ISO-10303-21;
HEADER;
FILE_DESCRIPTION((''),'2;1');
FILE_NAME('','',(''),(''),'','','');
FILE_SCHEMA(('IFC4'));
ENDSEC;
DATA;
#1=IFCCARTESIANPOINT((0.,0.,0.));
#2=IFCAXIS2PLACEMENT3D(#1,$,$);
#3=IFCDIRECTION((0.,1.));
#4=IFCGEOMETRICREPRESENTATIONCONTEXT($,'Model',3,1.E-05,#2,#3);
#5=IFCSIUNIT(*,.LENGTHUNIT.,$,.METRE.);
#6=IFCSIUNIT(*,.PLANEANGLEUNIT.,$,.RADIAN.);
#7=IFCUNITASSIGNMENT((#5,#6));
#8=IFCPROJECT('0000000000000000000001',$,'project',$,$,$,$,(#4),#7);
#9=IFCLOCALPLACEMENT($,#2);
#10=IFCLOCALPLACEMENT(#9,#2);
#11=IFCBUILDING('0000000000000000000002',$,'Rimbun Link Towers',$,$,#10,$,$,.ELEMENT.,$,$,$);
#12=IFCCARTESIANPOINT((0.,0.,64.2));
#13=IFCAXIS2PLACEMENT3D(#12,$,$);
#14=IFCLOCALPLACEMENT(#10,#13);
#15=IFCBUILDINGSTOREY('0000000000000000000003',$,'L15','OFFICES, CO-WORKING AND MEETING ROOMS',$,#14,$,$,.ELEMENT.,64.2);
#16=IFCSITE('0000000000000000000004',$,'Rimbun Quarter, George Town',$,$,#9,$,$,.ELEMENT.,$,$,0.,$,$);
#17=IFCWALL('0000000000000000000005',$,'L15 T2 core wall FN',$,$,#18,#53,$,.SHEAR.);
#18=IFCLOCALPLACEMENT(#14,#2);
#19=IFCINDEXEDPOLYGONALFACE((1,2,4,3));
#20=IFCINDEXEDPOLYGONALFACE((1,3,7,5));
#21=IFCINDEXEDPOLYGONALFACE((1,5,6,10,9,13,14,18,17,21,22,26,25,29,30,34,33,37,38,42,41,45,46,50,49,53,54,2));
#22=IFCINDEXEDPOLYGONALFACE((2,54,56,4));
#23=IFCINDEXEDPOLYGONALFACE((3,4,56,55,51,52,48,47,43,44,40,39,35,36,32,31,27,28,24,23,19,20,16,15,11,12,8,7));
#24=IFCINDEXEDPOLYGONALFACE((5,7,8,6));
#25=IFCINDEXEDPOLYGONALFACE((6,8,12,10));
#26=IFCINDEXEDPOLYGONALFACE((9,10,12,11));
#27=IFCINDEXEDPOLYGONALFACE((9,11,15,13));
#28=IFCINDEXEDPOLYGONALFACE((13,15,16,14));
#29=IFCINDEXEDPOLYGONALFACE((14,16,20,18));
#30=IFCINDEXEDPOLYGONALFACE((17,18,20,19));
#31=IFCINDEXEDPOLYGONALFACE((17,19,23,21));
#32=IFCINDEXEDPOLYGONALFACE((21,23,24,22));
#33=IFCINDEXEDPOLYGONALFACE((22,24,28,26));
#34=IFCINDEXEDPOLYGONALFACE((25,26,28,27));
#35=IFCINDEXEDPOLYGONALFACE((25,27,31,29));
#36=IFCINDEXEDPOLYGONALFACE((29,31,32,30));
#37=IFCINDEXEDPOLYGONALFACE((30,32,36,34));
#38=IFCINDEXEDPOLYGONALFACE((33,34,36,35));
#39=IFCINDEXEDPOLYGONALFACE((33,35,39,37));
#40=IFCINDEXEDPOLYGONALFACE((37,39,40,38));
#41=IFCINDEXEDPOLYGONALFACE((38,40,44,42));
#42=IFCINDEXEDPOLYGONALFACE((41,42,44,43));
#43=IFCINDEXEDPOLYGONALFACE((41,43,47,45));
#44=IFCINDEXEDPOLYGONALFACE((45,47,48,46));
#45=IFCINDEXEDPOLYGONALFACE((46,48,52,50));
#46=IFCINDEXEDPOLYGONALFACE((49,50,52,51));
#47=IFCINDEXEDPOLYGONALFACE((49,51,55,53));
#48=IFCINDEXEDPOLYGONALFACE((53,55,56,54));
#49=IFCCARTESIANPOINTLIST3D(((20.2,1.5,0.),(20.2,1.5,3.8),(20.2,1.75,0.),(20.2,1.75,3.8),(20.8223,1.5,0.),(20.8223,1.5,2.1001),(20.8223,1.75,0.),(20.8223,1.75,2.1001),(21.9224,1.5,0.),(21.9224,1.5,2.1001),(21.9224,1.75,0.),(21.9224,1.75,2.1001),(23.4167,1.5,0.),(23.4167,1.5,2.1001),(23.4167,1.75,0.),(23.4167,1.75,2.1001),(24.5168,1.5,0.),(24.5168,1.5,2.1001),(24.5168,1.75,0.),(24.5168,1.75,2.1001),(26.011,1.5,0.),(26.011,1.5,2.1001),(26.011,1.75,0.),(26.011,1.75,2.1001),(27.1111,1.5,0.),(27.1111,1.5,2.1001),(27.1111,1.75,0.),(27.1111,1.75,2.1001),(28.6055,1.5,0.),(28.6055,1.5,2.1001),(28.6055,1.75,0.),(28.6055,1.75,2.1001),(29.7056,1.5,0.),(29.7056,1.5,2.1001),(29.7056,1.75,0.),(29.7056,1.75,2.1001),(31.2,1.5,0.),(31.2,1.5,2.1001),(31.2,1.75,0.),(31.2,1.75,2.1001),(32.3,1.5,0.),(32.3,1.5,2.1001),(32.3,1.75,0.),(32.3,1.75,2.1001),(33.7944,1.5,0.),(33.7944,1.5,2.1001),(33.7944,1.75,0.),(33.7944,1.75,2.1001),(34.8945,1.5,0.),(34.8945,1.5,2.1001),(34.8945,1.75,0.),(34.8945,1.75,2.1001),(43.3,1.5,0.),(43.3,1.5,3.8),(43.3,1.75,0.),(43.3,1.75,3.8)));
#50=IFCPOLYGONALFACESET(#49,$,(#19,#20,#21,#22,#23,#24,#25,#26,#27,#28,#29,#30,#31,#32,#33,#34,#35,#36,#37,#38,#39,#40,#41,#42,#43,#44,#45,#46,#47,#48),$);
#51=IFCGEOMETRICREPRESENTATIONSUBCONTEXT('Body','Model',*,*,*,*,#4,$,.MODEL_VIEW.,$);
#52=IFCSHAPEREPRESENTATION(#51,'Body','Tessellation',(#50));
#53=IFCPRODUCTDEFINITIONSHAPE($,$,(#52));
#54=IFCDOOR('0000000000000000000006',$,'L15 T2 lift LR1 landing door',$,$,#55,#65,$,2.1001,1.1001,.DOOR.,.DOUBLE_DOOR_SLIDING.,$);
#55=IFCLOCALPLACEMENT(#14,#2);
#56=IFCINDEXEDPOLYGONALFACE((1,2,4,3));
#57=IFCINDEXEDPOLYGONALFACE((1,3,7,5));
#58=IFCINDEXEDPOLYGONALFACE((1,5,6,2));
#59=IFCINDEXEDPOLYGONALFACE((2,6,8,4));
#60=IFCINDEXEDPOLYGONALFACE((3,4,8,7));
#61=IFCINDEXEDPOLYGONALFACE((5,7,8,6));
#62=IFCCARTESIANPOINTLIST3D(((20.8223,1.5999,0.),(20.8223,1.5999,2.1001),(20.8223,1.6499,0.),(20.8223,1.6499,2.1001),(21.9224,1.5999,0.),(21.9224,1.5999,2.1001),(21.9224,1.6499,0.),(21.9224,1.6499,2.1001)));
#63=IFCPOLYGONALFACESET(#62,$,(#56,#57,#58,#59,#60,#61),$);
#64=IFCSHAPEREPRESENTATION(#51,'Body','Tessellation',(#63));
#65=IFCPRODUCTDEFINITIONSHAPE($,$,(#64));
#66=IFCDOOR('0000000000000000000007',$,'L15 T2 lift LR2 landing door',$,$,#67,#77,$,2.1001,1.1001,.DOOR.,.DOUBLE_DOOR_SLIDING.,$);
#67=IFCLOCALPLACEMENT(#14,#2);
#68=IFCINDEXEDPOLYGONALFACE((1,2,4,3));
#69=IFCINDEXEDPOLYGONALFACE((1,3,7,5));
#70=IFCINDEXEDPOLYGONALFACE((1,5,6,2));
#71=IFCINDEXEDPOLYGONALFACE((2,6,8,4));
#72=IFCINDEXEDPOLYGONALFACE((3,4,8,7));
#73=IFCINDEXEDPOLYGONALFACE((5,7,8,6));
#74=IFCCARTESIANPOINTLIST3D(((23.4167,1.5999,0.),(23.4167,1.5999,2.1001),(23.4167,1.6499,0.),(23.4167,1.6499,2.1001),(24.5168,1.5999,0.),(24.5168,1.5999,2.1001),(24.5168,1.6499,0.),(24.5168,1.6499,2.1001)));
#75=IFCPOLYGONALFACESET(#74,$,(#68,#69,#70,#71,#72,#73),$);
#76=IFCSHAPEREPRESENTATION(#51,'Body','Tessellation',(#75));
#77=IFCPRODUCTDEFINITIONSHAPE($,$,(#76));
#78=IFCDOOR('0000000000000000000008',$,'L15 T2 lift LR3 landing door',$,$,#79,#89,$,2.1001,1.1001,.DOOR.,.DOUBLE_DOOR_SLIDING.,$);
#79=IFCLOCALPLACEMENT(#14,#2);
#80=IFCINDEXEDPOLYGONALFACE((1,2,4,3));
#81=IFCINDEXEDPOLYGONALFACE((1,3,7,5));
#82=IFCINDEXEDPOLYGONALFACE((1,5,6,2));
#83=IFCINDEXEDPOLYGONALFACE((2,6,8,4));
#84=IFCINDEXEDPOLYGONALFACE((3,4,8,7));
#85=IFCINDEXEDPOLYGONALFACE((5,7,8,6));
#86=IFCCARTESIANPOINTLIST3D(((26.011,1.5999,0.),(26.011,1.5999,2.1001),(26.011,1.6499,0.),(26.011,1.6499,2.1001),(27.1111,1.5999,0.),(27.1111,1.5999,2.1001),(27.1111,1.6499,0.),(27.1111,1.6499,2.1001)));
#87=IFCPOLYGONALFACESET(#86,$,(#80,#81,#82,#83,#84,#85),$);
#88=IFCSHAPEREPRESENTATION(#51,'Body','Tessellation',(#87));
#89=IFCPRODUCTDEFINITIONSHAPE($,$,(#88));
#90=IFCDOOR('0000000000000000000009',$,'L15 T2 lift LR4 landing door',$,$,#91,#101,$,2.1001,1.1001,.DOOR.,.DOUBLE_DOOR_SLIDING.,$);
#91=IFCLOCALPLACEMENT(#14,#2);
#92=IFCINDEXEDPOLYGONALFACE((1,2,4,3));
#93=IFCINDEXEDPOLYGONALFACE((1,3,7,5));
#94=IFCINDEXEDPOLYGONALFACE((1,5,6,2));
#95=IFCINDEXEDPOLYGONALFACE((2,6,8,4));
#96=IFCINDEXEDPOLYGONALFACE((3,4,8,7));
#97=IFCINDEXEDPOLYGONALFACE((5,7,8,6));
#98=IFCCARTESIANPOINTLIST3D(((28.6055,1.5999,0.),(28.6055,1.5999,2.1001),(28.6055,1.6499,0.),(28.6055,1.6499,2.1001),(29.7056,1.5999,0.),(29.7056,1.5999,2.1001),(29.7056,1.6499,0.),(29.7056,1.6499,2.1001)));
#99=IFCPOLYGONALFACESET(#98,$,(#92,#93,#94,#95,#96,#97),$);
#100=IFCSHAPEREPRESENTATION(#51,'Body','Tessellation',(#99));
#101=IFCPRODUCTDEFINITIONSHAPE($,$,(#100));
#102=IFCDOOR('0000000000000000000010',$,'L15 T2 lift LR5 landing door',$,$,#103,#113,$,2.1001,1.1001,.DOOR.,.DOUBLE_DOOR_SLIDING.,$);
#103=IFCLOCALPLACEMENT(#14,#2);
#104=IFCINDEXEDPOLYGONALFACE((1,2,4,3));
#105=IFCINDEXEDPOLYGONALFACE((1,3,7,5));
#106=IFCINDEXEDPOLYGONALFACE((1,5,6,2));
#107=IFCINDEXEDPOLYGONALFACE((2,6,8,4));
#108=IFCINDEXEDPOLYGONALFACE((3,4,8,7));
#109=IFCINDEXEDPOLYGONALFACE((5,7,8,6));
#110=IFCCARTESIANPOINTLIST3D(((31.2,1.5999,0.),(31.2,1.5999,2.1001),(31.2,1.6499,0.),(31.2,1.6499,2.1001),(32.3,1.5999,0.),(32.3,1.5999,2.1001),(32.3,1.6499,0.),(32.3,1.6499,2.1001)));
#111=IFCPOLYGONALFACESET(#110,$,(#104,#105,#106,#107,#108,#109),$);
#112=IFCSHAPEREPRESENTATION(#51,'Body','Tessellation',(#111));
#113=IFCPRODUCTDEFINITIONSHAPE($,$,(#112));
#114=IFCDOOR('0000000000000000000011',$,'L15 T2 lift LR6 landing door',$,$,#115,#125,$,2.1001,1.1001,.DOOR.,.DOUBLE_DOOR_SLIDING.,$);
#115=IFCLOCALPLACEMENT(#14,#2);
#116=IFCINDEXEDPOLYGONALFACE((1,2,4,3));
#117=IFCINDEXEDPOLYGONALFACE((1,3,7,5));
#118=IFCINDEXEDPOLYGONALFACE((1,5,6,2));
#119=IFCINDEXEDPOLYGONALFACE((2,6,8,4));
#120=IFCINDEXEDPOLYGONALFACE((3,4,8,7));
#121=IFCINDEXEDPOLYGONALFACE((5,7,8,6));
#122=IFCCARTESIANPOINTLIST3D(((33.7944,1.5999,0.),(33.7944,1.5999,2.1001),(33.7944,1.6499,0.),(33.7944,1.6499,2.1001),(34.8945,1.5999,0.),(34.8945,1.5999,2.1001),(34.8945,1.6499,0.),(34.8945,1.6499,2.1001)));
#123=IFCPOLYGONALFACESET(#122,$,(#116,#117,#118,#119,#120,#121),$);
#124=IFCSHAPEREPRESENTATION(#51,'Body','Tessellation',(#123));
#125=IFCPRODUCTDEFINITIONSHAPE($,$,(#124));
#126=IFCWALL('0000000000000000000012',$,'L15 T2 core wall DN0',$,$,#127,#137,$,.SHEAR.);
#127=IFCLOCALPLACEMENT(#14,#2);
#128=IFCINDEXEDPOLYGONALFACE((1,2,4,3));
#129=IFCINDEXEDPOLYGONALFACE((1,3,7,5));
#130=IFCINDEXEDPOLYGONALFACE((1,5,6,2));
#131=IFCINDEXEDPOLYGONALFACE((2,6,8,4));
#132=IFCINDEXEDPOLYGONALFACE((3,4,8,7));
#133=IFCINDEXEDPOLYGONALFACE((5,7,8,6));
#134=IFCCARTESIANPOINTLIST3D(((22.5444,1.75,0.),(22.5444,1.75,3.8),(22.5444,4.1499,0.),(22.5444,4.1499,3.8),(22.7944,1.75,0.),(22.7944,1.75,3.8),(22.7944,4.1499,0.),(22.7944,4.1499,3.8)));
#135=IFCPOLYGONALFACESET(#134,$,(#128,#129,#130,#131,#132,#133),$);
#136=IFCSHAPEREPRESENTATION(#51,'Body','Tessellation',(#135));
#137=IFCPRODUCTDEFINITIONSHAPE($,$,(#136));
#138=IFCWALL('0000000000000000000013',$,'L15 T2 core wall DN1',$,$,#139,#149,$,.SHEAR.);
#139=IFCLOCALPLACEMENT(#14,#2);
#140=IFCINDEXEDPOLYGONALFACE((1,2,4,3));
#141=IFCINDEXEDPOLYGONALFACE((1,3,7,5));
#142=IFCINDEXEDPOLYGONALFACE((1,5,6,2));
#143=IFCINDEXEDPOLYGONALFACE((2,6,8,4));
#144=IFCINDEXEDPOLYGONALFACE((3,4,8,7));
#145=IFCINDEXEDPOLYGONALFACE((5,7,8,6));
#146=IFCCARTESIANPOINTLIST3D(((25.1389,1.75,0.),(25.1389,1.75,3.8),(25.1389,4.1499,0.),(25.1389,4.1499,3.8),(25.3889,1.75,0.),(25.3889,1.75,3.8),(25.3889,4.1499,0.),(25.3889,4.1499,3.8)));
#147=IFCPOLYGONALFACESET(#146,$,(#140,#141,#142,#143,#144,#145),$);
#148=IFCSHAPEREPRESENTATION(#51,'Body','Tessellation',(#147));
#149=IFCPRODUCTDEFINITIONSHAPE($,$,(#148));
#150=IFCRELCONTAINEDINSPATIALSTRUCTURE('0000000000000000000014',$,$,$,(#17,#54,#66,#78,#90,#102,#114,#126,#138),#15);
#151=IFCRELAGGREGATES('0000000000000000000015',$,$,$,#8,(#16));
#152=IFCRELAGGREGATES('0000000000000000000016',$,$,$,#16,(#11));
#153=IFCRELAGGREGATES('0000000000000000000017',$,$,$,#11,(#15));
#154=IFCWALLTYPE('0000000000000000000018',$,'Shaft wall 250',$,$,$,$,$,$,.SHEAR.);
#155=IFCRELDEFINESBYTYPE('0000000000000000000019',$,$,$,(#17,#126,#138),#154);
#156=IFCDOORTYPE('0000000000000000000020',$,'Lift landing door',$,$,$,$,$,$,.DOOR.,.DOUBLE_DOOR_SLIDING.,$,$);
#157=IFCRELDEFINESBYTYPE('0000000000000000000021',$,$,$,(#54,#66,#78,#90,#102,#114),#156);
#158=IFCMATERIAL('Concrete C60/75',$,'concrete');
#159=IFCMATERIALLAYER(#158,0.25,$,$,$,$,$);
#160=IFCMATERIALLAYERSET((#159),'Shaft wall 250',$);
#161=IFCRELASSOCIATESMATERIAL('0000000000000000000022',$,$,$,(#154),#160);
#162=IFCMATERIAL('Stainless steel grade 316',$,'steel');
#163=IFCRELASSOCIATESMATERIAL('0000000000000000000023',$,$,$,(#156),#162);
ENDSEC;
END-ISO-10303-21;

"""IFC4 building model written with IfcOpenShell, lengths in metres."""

from ifc_helpers import new_model, si_unit, direction, frame, frame_2d, origin, place, context, subcontext, project, spatial, rectangle, extrude, material, layer, layer_set, type_object, element, fill, save


model = new_model("IFC4")

# Units and contexts
model_context = context("Model", 3, precision=1e-05, world=origin(), true_north=direction((0.0, 1.0)))
body_context = subcontext(model_context, "Body", "Model", "MODEL_VIEW")
ifc_project = project(units=[si_unit("LENGTHUNIT", "METRE"), si_unit("PLANEANGLEUNIT", "RADIAN")], contexts=[model_context])

# Site, building, storey
site_placement = place(None, origin())
site = spatial("IfcSite", under=ifc_project, at=site_placement, Name="Rimbun Quarter, George Town", CompositionType="ELEMENT", RefElevation=0.0)
building_placement = place(site_placement, origin())
building = spatial("IfcBuilding", under=site, at=building_placement, Name="Rimbun Link Towers", CompositionType="ELEMENT")
storey_placement = place(building_placement, frame((0.0, 0.0, 64.2)))
storey = spatial("IfcBuildingStorey", under=building, at=storey_placement, Name="L15", Description="OFFICES, CO-WORKING AND MEETING ROOMS", CompositionType="ELEMENT", Elevation=64.2)

# Shared definitions
ifc_material_1 = material(Name="Concrete C60/75", Category="concrete")
ifc_layer_1 = layer(ifc_material_1, 0.25)
ifc_layer_set_1 = layer_set([ifc_layer_1], Name="Shaft wall 250")
wall_type_1 = type_object("IfcWallType", Name="Shaft wall 250", PredefinedType="SHEAR", material=ifc_layer_set_1)

# Wall, openings, doors
wall_1_placement = place(storey_placement, frame((20.2, 1.625, 0.0), z_axis=(0.0, 0.0, 1.0), x_axis=(1.0, 0.0, 0.0)))
wall_1 = element("IfcWall", 1, at=wall_1_placement, inside=storey, type_object=wall_type_1, Name="L15 T2 core wall FN", PredefinedType="SHEAR", context=body_context, shape_type="SweptSolid", body=[
    extrude(rectangle(XDim=23.1001, YDim=0.25, at=frame_2d((11.55, 0.0))), origin(), (0.0, 0.0, 1.0), 3.8),
])
opening_1_placement = place(wall_1_placement, frame((0.6223, 0.0, 0.0)))
opening_1 = element("IfcOpeningElement", 2, at=opening_1_placement, cuts=wall_1, PredefinedType="OPENING", context=body_context, shape_type="SweptSolid", body=[
    extrude(rectangle(XDim=1.1001, YDim=2.1001, at=frame_2d((0.55, 1.05))), frame((0.0, 0.135, 0.0), z_axis=(0.0, -1.0, 0.0), x_axis=(1.0, 0.0, 0.0)), (0.0, 0.0, 1.0), 0.27),
])
opening_2_placement = place(wall_1_placement, frame((3.2168, 0.0, 0.0)))
opening_2 = element("IfcOpeningElement", 3, at=opening_2_placement, cuts=wall_1, PredefinedType="OPENING", context=body_context, shape_type="SweptSolid", body=[
    extrude(rectangle(XDim=1.1001, YDim=2.1001, at=frame_2d((0.55, 1.05))), frame((0.0, 0.135, 0.0), z_axis=(0.0, -1.0, 0.0), x_axis=(1.0, 0.0, 0.0)), (0.0, 0.0, 1.0), 0.27),
])
opening_3_placement = place(wall_1_placement, frame((5.811, 0.0, 0.0)))
opening_3 = element("IfcOpeningElement", 4, at=opening_3_placement, cuts=wall_1, PredefinedType="OPENING", context=body_context, shape_type="SweptSolid", body=[
    extrude(rectangle(XDim=1.1001, YDim=2.1001, at=frame_2d((0.55, 1.05))), frame((0.0, 0.135, 0.0), z_axis=(0.0, -1.0, 0.0), x_axis=(1.0, 0.0, 0.0)), (0.0, 0.0, 1.0), 0.27),
])
opening_4_placement = place(wall_1_placement, frame((8.4055, 0.0, 0.0)))
opening_4 = element("IfcOpeningElement", 5, at=opening_4_placement, cuts=wall_1, PredefinedType="OPENING", context=body_context, shape_type="SweptSolid", body=[
    extrude(rectangle(XDim=1.1001, YDim=2.1001, at=frame_2d((0.55, 1.05))), frame((0.0, 0.135, 0.0), z_axis=(0.0, -1.0, 0.0), x_axis=(1.0, 0.0, 0.0)), (0.0, 0.0, 1.0), 0.27),
])
opening_5_placement = place(wall_1_placement, frame((11.0, 0.0, 0.0)))
opening_5 = element("IfcOpeningElement", 6, at=opening_5_placement, cuts=wall_1, PredefinedType="OPENING", context=body_context, shape_type="SweptSolid", body=[
    extrude(rectangle(XDim=1.1001, YDim=2.1001, at=frame_2d((0.55, 1.05))), frame((0.0, 0.135, 0.0), z_axis=(0.0, -1.0, 0.0), x_axis=(1.0, 0.0, 0.0)), (0.0, 0.0, 1.0), 0.27),
])
opening_6_placement = place(wall_1_placement, frame((13.5945, 0.0, 0.0)))
opening_6 = element("IfcOpeningElement", 7, at=opening_6_placement, cuts=wall_1, PredefinedType="OPENING", context=body_context, shape_type="SweptSolid", body=[
    extrude(rectangle(XDim=1.1001, YDim=2.1001, at=frame_2d((0.55, 1.05))), frame((0.0, 0.135, 0.0), z_axis=(0.0, -1.0, 0.0), x_axis=(1.0, 0.0, 0.0)), (0.0, 0.0, 1.0), 0.27),
])
ifc_material_2 = material(Name="Stainless steel grade 316", Category="steel")
door_type_1 = type_object("IfcDoorType", Name="Lift landing door", OperationType="DOUBLE_DOOR_SLIDING", PredefinedType="DOOR", material=ifc_material_2)
door_1_placement = place(opening_1_placement, origin())
door_1 = element("IfcDoor", 8, at=door_1_placement, inside=storey, type_object=door_type_1, Name="L15 T2 lift LR1 landing door", OperationType="DOUBLE_DOOR_SLIDING", OverallHeight=2.1001, OverallWidth=1.1001, PredefinedType="DOOR", context=body_context, shape_type="SweptSolid", body=[
    extrude(rectangle(XDim=1.1001, YDim=2.1001, at=frame_2d((0.55, 1.05))), frame((0.0, 0.0249, 0.0), z_axis=(0.0, -1.0, 0.0), x_axis=(1.0, 0.0, 0.0)), (0.0, 0.0, 1.0), 0.05),
])
fill(opening_1, door_1)
door_2_placement = place(opening_2_placement, origin())
door_2 = element("IfcDoor", 9, at=door_2_placement, inside=storey, type_object=door_type_1, Name="L15 T2 lift LR2 landing door", OperationType="DOUBLE_DOOR_SLIDING", OverallHeight=2.1001, OverallWidth=1.1001, PredefinedType="DOOR", context=body_context, shape_type="SweptSolid", body=[
    extrude(rectangle(XDim=1.1001, YDim=2.1001, at=frame_2d((0.55, 1.05))), frame((0.0, 0.0249, 0.0), z_axis=(0.0, -1.0, 0.0), x_axis=(1.0, 0.0, 0.0)), (0.0, 0.0, 1.0), 0.05),
])
fill(opening_2, door_2)
door_3_placement = place(opening_3_placement, origin())
door_3 = element("IfcDoor", 10, at=door_3_placement, inside=storey, type_object=door_type_1, Name="L15 T2 lift LR3 landing door", OperationType="DOUBLE_DOOR_SLIDING", OverallHeight=2.1001, OverallWidth=1.1001, PredefinedType="DOOR", context=body_context, shape_type="SweptSolid", body=[
    extrude(rectangle(XDim=1.1001, YDim=2.1001, at=frame_2d((0.55, 1.05))), frame((0.0, 0.0249, 0.0), z_axis=(0.0, -1.0, 0.0), x_axis=(1.0, 0.0, 0.0)), (0.0, 0.0, 1.0), 0.05),
])
fill(opening_3, door_3)
door_4_placement = place(opening_4_placement, origin())
door_4 = element("IfcDoor", 11, at=door_4_placement, inside=storey, type_object=door_type_1, Name="L15 T2 lift LR4 landing door", OperationType="DOUBLE_DOOR_SLIDING", OverallHeight=2.1001, OverallWidth=1.1001, PredefinedType="DOOR", context=body_context, shape_type="SweptSolid", body=[
    extrude(rectangle(XDim=1.1001, YDim=2.1001, at=frame_2d((0.55, 1.05))), frame((0.0, 0.0249, 0.0), z_axis=(0.0, -1.0, 0.0), x_axis=(1.0, 0.0, 0.0)), (0.0, 0.0, 1.0), 0.05),
])
fill(opening_4, door_4)
door_5_placement = place(opening_5_placement, origin())
door_5 = element("IfcDoor", 12, at=door_5_placement, inside=storey, type_object=door_type_1, Name="L15 T2 lift LR5 landing door", OperationType="DOUBLE_DOOR_SLIDING", OverallHeight=2.1001, OverallWidth=1.1001, PredefinedType="DOOR", context=body_context, shape_type="SweptSolid", body=[
    extrude(rectangle(XDim=1.1001, YDim=2.1001, at=frame_2d((0.55, 1.05))), frame((0.0, 0.0249, 0.0), z_axis=(0.0, -1.0, 0.0), x_axis=(1.0, 0.0, 0.0)), (0.0, 0.0, 1.0), 0.05),
])
fill(opening_5, door_5)
door_6_placement = place(opening_6_placement, origin())
door_6 = element("IfcDoor", 13, at=door_6_placement, inside=storey, type_object=door_type_1, Name="L15 T2 lift LR6 landing door", OperationType="DOUBLE_DOOR_SLIDING", OverallHeight=2.1001, OverallWidth=1.1001, PredefinedType="DOOR", context=body_context, shape_type="SweptSolid", body=[
    extrude(rectangle(XDim=1.1001, YDim=2.1001, at=frame_2d((0.55, 1.05))), frame((0.0, 0.0249, 0.0), z_axis=(0.0, -1.0, 0.0), x_axis=(1.0, 0.0, 0.0)), (0.0, 0.0, 1.0), 0.05),
])
fill(opening_6, door_6)

# Walls
for number, where, z_axis, x_axis, name in (
    (14, (22.6694, 1.75, 0.0), (0.0, 0.0, 1.0), (0.0, 1.0, 0.0), "L15 T2 core wall DN0"),
    (15, (25.2639, 1.75, 0.0), (0.0, 0.0, 1.0), (0.0, 1.0, 0.0), "L15 T2 core wall DN1"),
):
    element("IfcWall", number, at=place(storey_placement, frame(where, z_axis=z_axis, x_axis=x_axis)), inside=storey, type_object=wall_type_1, Name=name, PredefinedType="SHEAR", context=body_context, shape_type="SweptSolid", body=[
        extrude(rectangle(XDim=2.3999, YDim=0.25, at=frame_2d((1.2, 0.0))), origin(), (0.0, 0.0, 1.0), 3.8),
    ])

save(model, "model.ifc")
